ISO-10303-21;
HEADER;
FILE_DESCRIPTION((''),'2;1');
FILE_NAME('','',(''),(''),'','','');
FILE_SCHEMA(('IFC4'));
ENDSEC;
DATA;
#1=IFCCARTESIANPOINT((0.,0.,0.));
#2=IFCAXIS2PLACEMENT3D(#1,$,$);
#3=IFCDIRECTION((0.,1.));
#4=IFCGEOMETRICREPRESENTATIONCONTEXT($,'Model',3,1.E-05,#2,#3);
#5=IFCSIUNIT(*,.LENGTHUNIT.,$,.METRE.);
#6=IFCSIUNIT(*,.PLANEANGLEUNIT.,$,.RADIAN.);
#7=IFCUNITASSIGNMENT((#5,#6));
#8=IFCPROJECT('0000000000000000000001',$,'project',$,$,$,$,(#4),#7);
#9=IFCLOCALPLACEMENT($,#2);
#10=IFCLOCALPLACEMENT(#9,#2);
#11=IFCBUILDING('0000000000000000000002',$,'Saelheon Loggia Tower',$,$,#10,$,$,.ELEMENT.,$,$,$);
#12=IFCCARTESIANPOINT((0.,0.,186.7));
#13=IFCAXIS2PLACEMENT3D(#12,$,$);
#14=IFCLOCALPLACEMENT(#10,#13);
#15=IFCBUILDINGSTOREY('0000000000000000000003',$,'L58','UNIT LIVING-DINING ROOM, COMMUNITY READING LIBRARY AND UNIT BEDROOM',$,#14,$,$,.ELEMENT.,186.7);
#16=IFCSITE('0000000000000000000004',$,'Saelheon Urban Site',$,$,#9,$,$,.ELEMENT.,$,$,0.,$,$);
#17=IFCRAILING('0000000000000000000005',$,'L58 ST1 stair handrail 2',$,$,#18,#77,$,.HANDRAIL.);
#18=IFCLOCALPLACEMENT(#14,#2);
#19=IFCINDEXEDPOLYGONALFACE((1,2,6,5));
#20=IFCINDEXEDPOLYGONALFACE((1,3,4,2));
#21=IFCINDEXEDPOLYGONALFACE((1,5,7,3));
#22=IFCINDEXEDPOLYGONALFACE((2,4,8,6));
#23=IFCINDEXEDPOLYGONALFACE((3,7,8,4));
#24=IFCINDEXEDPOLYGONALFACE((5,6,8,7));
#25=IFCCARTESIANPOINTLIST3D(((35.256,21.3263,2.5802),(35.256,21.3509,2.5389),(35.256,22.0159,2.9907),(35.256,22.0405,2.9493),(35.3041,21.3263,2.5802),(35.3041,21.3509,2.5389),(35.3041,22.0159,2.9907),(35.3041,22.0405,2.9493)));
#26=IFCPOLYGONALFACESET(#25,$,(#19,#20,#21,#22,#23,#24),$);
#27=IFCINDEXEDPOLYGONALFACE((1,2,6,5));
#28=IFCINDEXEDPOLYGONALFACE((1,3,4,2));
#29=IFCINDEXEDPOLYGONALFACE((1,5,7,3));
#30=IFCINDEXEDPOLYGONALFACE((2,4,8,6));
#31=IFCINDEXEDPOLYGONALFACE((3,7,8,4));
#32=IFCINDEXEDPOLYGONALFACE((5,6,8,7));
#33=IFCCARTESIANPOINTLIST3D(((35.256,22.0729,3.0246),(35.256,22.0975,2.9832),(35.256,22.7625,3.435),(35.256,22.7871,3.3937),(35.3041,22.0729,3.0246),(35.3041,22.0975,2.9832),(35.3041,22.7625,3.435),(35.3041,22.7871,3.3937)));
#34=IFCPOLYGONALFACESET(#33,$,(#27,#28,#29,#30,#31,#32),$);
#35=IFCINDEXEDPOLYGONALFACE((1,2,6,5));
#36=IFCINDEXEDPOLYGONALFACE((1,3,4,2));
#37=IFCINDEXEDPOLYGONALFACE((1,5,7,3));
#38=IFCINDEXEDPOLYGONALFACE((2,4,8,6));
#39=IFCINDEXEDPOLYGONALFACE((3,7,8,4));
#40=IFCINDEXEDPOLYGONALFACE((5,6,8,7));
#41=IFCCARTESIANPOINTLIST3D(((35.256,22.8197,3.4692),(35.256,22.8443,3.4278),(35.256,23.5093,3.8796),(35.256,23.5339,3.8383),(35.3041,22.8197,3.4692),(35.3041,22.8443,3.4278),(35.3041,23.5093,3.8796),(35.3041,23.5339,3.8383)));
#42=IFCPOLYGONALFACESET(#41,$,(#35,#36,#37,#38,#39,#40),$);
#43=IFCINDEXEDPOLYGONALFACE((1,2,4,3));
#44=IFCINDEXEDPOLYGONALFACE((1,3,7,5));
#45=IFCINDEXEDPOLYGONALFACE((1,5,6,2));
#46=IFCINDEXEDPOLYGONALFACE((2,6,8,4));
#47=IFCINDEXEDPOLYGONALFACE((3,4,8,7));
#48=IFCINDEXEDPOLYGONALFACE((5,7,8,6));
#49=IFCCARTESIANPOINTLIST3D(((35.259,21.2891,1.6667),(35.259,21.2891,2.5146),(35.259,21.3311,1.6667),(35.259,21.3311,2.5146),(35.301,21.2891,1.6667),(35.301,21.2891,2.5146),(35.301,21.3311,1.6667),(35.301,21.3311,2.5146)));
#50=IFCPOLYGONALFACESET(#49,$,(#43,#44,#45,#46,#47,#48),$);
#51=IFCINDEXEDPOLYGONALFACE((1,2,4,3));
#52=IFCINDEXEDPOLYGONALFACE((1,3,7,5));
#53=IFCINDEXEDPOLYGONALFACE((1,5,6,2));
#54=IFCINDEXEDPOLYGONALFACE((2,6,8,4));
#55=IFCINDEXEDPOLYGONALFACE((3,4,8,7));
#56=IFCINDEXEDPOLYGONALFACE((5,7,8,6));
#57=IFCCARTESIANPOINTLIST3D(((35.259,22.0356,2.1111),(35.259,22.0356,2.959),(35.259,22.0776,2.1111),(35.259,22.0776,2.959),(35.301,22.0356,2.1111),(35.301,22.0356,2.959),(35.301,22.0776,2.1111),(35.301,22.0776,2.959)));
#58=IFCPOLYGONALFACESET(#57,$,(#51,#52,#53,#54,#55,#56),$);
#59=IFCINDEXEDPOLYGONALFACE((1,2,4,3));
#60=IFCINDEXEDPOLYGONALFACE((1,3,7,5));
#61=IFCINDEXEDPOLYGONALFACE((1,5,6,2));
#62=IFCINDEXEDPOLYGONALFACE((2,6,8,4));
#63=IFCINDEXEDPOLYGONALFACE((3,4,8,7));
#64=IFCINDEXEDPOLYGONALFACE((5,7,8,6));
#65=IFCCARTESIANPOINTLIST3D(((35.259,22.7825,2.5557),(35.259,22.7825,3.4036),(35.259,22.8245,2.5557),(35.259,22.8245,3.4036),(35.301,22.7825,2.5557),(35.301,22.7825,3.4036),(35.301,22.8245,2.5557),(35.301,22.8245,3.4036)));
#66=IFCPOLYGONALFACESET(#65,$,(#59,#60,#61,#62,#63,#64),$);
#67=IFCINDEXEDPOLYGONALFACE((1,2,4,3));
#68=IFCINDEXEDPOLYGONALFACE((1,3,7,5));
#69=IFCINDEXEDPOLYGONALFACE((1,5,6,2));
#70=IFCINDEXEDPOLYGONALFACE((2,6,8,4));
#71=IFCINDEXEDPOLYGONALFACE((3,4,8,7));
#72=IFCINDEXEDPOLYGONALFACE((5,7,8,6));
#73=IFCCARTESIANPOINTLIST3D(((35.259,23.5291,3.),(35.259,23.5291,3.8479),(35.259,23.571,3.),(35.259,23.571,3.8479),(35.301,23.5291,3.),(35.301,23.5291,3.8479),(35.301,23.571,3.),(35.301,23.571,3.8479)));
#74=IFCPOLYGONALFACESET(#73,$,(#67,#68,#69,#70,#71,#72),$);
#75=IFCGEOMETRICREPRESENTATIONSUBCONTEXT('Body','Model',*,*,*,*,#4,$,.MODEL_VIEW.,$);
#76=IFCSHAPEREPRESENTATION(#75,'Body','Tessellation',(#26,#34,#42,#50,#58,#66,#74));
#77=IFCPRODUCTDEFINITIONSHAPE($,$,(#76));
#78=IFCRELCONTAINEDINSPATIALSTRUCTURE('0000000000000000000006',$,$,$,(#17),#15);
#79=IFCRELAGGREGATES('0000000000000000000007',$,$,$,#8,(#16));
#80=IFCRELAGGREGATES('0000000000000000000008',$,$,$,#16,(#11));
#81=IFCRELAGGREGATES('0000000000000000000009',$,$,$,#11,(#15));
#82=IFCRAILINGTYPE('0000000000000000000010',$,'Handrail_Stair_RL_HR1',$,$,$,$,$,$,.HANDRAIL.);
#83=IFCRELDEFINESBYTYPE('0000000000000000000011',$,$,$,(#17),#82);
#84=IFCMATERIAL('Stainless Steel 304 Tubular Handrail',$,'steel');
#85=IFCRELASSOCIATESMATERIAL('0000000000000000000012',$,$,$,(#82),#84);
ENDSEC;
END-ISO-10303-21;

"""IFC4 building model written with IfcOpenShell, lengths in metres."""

from ifc_helpers import new_model, si_unit, direction, frame, origin, origin_2d, place, context, subcontext, project, spatial, rectangle, extrude, material, type_object, element, save


model = new_model("IFC4")

# Units and contexts
model_context = context("Model", 3, precision=1e-05, world=origin(), true_north=direction((0.0, 1.0)))
body_context = subcontext(model_context, "Body", "Model", "MODEL_VIEW")
ifc_project = project(units=[si_unit("LENGTHUNIT", "METRE"), si_unit("PLANEANGLEUNIT", "RADIAN")], contexts=[model_context])

# Site, building, storey
site_placement = place(None, origin())
site = spatial("IfcSite", under=ifc_project, at=site_placement, Name="Saelheon Urban Site", CompositionType="ELEMENT", RefElevation=0.0)
building_placement = place(site_placement, origin())
building = spatial("IfcBuilding", under=site, at=building_placement, Name="Saelheon Loggia Tower", CompositionType="ELEMENT")
storey_placement = place(building_placement, frame((0.0, 0.0, 186.7)))
storey = spatial("IfcBuildingStorey", under=building, at=storey_placement, Name="L58", Description="UNIT LIVING-DINING ROOM, COMMUNITY READING LIBRARY AND UNIT BEDROOM", CompositionType="ELEMENT", Elevation=186.7)

# Railing
ifc_material_1 = material(Name="Stainless Steel 304 Tubular Handrail", Category="steel")
railing_type_1 = type_object("IfcRailingType", Name="Handrail_Stair_RL_HR1", PredefinedType="HANDRAIL", material=ifc_material_1)
railing_1_placement = place(storey_placement, frame((35.28, 21.3101, 1.6667)))
element("IfcRailing", 1, at=railing_1_placement, inside=storey, type_object=railing_type_1, Name="L58 ST1 stair handrail 2", PredefinedType="HANDRAIL", context=body_context, shape_type="SweptSolid", body=[
    extrude(rectangle(XDim=0.0481, YDim=0.0481, at=origin_2d()), frame((0.0, 0.0286, 0.8928), z_axis=(0.0, 0.859306, 0.511462), x_axis=(-1.0, 0.0, 0.0)), (0.0, 0.0, 1.0), 0.8025),
    extrude(rectangle(XDim=0.0481, YDim=0.0481, at=origin_2d()), frame((0.0, 0.7751, 1.3372), z_axis=(0.0, 0.859306, 0.511462), x_axis=(-1.0, 0.0, 0.0)), (0.0, 0.0, 1.0), 0.8025),
    extrude(rectangle(XDim=0.0481, YDim=0.0481, at=origin_2d()), frame((0.0, 1.522, 1.7817), z_axis=(0.0, 0.859306, 0.511462), x_axis=(-1.0, 0.0, 0.0)), (0.0, 0.0, 1.0), 0.8025),
    extrude(rectangle(XDim=0.042, YDim=0.042, at=origin_2d()), origin(), (0.0, 0.0, 1.0), 0.8479),
    extrude(rectangle(XDim=0.042, YDim=0.042, at=origin_2d()), frame((0.0, 0.7466, 0.4443)), (0.0, 0.0, 1.0), 0.8479),
    extrude(rectangle(XDim=0.042, YDim=0.042, at=origin_2d()), frame((0.0, 1.4934, 0.8889)), (0.0, 0.0, 1.0), 0.8479),
    extrude(rectangle(XDim=0.042, YDim=0.042, at=origin_2d()), frame((0.0, 2.24, 1.3333)), (0.0, 0.0, 1.0), 0.8479),
])

save(model, "model.ifc")
